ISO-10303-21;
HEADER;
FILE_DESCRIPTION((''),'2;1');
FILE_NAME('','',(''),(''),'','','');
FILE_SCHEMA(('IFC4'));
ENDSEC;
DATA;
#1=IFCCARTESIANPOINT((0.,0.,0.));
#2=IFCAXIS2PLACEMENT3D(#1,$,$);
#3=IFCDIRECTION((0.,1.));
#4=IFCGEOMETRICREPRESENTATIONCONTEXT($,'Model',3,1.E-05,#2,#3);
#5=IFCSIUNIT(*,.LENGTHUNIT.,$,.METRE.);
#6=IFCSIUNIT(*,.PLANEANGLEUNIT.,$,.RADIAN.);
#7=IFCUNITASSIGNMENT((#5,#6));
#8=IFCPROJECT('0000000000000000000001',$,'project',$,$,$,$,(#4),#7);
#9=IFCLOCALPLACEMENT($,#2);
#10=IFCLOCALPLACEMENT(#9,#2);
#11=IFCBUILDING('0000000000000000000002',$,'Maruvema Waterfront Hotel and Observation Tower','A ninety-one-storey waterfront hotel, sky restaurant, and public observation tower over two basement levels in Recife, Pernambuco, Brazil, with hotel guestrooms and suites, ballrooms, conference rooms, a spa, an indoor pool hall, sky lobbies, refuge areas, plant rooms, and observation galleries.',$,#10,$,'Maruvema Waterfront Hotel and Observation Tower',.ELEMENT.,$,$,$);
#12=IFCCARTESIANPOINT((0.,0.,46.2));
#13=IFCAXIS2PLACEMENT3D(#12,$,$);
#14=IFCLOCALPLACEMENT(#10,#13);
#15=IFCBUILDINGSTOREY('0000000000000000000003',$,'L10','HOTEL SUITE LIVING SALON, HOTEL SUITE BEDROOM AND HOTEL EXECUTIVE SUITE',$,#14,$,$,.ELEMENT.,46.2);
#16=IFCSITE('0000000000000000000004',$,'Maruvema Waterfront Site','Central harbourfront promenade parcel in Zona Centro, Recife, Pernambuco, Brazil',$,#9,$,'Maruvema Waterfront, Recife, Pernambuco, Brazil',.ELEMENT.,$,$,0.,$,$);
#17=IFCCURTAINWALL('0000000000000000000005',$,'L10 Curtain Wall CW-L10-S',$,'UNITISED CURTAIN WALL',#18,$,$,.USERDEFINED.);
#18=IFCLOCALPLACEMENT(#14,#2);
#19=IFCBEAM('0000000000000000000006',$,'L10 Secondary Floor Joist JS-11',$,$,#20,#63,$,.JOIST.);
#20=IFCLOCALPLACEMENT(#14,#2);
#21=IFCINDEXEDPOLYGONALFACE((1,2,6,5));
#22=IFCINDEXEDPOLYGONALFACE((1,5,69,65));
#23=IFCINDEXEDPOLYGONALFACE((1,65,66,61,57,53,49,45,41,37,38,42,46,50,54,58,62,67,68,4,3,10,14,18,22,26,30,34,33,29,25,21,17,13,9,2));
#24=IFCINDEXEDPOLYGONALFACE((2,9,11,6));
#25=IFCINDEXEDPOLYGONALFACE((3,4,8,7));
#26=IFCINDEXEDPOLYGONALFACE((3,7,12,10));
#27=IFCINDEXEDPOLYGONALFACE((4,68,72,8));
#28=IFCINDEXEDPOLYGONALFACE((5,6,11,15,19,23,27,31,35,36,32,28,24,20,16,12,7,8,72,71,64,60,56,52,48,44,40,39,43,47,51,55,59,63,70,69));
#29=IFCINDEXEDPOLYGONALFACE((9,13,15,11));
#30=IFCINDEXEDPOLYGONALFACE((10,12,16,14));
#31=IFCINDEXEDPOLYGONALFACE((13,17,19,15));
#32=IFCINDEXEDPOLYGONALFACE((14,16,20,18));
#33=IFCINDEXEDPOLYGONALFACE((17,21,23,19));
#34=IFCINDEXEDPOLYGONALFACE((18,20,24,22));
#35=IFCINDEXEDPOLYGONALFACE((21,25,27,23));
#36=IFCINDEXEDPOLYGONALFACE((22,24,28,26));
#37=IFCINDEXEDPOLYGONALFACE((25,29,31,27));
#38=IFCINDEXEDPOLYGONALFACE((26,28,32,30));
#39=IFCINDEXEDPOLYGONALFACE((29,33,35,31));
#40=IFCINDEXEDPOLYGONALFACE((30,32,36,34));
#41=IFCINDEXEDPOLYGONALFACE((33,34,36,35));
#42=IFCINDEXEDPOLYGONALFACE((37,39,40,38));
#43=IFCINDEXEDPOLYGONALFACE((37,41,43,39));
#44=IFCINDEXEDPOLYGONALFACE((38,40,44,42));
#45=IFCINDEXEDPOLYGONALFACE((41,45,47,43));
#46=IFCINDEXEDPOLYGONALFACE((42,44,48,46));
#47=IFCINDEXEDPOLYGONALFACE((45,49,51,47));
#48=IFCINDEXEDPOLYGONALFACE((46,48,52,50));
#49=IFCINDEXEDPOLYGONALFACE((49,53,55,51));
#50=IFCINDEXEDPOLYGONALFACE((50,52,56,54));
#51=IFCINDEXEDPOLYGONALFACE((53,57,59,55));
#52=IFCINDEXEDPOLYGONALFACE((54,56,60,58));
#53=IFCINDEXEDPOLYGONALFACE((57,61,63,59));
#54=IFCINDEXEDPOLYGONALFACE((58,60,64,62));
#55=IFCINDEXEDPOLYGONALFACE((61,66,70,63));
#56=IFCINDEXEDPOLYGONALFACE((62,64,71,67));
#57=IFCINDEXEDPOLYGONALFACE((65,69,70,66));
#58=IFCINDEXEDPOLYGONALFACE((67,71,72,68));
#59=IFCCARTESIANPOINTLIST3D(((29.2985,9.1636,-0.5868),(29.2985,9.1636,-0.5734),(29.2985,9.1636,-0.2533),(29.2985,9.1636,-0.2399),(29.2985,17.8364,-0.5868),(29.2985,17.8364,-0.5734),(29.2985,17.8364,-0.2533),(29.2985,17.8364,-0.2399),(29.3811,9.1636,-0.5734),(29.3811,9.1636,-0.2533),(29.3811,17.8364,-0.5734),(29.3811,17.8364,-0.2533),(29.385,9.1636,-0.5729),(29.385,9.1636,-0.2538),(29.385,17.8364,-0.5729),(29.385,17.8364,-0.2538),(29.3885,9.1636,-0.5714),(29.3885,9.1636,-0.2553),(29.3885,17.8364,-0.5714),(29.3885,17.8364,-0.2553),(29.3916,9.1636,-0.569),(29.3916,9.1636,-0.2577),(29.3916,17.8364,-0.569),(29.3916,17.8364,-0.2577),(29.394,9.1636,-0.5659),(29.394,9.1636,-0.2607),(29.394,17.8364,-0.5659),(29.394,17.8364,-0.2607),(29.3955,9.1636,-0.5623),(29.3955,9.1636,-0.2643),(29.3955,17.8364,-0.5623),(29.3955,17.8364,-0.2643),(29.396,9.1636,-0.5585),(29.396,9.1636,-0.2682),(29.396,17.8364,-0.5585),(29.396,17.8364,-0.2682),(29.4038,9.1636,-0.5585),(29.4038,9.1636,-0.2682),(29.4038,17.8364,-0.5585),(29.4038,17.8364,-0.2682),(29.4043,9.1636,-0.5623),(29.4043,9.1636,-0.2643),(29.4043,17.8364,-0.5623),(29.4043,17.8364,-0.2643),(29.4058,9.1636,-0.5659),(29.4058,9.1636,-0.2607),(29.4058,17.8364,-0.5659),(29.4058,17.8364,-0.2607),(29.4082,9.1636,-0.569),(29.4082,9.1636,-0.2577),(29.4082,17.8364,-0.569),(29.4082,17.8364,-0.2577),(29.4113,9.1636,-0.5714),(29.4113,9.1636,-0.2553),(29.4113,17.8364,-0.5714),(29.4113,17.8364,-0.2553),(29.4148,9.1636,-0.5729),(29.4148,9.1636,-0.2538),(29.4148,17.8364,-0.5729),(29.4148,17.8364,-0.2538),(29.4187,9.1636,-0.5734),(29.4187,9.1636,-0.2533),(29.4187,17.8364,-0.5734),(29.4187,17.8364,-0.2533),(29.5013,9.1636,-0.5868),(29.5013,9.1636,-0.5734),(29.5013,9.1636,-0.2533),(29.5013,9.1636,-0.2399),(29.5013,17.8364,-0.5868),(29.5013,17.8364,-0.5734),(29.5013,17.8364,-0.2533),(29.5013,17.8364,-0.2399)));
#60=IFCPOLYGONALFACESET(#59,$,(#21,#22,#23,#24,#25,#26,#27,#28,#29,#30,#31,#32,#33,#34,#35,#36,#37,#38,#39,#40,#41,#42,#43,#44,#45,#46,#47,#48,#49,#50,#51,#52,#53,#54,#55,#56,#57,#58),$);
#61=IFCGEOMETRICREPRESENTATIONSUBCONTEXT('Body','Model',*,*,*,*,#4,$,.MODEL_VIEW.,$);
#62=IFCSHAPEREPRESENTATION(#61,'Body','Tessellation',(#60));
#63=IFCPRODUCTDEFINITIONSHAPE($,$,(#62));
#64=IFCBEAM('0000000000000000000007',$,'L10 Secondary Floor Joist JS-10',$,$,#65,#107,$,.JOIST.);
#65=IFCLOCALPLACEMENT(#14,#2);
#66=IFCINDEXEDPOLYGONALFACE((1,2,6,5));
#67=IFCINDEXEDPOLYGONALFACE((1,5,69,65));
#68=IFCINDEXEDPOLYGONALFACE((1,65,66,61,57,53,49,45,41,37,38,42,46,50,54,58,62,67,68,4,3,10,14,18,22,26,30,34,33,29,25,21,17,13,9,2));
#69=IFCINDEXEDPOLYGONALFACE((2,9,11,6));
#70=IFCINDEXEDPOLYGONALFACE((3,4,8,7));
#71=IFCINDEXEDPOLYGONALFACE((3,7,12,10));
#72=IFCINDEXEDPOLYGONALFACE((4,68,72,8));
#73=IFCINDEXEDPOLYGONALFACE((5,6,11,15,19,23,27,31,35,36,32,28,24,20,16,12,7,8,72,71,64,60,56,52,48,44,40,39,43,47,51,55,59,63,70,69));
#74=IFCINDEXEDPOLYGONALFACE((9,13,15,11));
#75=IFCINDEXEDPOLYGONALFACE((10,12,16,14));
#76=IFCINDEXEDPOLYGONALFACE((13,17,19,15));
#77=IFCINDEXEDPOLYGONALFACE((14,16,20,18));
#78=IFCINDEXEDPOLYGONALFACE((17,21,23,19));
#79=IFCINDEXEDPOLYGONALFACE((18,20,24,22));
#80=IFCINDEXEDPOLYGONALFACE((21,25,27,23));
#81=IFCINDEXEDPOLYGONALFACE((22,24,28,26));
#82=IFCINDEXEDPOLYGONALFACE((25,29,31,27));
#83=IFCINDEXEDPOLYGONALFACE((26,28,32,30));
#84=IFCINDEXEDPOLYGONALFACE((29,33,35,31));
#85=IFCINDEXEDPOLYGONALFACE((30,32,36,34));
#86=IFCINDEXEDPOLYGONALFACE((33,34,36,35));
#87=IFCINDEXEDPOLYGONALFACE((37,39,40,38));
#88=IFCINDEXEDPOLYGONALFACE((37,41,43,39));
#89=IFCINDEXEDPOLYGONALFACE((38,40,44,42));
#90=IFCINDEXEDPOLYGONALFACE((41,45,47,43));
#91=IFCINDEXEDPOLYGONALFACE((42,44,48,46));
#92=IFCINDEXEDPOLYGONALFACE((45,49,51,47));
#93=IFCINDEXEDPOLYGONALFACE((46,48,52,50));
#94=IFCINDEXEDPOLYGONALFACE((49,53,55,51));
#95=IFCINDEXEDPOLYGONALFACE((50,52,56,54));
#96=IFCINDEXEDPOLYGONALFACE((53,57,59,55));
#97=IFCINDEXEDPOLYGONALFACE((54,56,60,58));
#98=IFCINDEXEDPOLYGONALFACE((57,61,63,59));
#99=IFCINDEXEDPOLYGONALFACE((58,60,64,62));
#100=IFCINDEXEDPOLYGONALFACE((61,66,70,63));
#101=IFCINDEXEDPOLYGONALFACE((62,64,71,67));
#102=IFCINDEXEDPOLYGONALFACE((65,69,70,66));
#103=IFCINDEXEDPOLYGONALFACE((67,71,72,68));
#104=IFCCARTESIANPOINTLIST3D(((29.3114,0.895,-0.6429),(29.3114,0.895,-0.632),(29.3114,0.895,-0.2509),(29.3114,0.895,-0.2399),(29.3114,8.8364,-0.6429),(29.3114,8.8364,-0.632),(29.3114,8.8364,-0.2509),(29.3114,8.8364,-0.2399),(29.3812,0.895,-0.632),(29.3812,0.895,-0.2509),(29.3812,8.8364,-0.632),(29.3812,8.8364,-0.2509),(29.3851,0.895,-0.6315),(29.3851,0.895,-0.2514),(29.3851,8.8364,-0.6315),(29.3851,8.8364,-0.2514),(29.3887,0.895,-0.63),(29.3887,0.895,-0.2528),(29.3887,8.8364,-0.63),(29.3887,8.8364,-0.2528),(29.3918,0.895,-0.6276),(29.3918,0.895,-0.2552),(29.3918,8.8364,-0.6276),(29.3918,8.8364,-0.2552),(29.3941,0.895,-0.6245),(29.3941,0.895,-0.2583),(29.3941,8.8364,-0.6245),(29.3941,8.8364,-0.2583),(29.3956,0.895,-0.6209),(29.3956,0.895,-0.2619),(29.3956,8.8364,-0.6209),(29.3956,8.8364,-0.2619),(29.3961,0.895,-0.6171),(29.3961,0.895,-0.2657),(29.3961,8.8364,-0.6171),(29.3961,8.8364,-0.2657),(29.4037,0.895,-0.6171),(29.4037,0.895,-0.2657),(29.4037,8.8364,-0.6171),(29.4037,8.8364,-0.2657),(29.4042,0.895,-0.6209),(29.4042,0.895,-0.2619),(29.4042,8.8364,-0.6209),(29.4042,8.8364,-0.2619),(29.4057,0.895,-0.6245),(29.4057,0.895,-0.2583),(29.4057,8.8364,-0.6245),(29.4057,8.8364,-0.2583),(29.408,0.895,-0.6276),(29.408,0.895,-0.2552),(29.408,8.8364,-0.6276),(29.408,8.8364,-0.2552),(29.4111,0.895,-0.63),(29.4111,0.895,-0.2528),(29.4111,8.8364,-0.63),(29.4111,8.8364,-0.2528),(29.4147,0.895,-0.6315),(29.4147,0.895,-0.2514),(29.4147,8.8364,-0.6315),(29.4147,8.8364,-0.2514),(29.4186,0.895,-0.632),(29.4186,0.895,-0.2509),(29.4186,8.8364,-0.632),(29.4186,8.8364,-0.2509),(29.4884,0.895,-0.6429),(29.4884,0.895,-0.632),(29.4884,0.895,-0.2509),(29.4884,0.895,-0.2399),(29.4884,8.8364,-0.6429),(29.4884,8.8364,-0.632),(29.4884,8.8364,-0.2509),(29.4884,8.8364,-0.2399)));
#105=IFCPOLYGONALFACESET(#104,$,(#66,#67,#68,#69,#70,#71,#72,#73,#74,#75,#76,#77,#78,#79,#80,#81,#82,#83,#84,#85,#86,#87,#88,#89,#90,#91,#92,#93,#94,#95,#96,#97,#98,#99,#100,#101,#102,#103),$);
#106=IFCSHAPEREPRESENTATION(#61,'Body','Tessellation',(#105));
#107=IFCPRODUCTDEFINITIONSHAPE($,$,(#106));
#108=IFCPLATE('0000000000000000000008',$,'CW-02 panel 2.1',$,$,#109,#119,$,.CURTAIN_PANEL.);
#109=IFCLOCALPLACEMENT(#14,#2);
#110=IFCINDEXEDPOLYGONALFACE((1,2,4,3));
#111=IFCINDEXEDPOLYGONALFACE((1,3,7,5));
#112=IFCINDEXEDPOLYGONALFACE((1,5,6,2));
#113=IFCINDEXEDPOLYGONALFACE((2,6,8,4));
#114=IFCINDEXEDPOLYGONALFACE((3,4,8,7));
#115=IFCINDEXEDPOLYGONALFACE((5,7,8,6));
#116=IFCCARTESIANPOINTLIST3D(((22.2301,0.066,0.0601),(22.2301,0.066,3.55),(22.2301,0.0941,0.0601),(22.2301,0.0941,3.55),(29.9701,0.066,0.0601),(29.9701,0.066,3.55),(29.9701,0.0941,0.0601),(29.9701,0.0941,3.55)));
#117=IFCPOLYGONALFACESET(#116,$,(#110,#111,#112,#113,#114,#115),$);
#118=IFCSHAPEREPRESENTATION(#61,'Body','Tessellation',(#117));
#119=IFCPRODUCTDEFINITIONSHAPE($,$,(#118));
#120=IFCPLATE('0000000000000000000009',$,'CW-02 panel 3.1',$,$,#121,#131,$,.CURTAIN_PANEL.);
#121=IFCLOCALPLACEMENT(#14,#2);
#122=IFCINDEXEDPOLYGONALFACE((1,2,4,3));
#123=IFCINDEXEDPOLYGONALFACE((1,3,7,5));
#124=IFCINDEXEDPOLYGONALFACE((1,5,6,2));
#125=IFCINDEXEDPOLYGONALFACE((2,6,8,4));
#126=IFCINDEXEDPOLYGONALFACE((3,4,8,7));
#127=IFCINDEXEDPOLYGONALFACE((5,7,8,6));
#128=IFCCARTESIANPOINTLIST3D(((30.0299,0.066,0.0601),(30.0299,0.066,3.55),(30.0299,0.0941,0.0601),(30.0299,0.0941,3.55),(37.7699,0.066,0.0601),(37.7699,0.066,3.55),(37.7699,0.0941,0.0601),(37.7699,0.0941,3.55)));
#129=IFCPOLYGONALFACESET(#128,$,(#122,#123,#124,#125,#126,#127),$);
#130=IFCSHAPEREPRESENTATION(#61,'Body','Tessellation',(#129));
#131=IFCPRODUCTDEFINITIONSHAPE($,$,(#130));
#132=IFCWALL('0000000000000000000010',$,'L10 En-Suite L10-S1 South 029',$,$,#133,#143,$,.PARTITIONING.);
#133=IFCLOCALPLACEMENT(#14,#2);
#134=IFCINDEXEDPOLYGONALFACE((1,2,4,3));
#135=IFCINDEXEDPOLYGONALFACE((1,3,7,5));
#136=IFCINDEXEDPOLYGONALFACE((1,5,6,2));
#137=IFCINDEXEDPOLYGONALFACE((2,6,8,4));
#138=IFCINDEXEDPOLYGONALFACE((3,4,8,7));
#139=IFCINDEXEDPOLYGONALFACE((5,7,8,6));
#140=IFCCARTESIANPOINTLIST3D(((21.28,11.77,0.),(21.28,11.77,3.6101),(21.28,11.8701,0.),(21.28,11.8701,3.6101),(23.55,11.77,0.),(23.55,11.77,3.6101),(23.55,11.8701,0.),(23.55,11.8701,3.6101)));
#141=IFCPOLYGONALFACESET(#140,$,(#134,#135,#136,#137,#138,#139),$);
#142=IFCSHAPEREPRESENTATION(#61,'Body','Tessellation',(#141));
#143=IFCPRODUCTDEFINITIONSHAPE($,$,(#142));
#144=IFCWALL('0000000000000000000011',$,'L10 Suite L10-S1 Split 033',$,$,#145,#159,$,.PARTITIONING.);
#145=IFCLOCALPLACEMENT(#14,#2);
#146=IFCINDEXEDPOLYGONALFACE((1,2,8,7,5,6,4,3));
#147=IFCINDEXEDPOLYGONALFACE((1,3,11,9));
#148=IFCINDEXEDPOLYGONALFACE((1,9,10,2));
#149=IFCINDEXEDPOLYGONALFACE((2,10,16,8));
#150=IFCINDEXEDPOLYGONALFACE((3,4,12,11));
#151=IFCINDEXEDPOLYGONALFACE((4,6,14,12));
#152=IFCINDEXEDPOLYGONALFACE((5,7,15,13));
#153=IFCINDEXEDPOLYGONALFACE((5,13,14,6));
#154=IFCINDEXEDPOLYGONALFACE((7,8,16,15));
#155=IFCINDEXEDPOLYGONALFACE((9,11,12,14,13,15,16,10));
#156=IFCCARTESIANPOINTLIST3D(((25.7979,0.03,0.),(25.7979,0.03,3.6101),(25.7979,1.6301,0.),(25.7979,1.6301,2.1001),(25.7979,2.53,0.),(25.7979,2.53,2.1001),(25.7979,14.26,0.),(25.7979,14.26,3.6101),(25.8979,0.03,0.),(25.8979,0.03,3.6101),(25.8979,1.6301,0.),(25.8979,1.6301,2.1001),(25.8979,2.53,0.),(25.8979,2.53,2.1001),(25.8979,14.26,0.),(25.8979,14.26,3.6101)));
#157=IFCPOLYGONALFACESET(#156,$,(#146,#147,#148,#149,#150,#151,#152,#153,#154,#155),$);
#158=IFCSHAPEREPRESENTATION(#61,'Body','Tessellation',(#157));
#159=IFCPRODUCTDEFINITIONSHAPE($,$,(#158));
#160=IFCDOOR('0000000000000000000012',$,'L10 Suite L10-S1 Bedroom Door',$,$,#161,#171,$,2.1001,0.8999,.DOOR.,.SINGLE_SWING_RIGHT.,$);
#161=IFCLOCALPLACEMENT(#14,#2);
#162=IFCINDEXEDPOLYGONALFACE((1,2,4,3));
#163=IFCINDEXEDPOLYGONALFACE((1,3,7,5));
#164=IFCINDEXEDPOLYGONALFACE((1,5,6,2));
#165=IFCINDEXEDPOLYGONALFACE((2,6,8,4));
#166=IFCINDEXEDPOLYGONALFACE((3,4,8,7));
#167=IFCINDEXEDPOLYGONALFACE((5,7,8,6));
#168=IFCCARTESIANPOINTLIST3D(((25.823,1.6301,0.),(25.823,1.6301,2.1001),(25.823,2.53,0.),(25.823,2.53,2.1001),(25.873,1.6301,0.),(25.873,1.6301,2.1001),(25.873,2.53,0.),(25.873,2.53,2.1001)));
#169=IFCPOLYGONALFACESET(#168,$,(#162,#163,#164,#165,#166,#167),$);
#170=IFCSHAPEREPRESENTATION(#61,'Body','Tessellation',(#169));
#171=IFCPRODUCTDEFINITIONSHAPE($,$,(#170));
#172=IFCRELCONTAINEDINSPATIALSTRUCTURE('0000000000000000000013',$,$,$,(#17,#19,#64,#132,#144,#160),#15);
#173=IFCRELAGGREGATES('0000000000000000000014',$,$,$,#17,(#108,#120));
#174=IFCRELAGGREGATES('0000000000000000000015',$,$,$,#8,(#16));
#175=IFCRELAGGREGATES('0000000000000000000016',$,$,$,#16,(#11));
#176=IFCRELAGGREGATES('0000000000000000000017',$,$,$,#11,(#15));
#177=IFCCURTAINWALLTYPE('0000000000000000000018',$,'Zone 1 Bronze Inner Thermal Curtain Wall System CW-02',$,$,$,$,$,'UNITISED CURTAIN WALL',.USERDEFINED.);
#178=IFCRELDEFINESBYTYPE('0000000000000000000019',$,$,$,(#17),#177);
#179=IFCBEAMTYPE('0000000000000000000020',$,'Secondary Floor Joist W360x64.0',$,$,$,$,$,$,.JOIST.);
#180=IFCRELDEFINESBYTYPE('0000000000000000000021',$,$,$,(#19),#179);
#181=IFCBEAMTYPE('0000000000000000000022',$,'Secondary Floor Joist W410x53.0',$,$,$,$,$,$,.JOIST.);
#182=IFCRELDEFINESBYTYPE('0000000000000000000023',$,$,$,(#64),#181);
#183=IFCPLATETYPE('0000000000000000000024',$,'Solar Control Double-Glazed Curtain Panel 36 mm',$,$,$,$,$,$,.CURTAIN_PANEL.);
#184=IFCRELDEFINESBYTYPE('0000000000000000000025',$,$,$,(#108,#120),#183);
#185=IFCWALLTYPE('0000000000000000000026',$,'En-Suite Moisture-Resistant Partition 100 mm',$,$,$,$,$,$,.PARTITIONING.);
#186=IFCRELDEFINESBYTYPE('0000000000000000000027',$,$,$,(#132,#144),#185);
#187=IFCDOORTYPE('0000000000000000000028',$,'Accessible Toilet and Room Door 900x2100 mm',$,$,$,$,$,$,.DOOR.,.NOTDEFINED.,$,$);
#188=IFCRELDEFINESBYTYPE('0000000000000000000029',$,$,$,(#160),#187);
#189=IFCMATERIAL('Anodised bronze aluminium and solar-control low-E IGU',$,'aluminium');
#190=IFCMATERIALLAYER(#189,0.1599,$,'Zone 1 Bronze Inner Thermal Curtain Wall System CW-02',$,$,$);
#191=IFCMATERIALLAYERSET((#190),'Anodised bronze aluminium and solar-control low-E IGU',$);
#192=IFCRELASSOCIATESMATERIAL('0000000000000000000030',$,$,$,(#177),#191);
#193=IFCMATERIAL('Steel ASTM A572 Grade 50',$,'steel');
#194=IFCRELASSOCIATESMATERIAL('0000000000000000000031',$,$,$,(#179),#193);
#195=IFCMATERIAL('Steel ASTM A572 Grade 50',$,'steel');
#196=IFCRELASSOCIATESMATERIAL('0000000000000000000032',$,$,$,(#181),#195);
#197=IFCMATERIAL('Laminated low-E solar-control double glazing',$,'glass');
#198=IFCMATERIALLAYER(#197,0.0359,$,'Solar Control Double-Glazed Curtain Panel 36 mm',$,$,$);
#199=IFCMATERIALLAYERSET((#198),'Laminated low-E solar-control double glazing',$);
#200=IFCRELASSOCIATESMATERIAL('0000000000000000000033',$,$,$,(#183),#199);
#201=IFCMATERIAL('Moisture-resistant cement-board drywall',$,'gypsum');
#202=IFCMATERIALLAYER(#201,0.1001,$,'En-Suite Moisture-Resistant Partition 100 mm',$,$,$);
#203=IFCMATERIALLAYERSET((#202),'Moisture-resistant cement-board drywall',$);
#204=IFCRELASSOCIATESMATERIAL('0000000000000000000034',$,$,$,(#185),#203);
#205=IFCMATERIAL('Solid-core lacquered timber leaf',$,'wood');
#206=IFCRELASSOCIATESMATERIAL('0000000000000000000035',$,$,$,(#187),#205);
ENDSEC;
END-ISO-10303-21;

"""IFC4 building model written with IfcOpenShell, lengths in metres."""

from ifc_helpers import new_model, si_unit, direction, frame, frame_2d, origin, origin_2d, place, context, subcontext, project, spatial, rectangle, i_section, extrude, material, layer, layer_set, material_profile, profile_set, type_object, element, fill, aggregate, save


model = new_model("IFC4")

# Units and contexts
model_context = context("Model", 3, precision=1e-05, world=origin(), true_north=direction((0.0, 1.0)))
body_context = subcontext(model_context, "Body", "Model", "MODEL_VIEW")
ifc_project = project(units=[si_unit("LENGTHUNIT", "METRE"), si_unit("PLANEANGLEUNIT", "RADIAN")], contexts=[model_context])

# Site, building, storey
site_placement = place(None, origin())
site = spatial("IfcSite", under=ifc_project, at=site_placement, Name="Maruvema Waterfront Site", Description="Central harbourfront promenade parcel in Zona Centro, Recife, Pernambuco, Brazil", LongName="Maruvema Waterfront, Recife, Pernambuco, Brazil", CompositionType="ELEMENT", RefElevation=0.0)
building_placement = place(site_placement, origin())
building = spatial("IfcBuilding", under=site, at=building_placement, Name="Maruvema Waterfront Hotel and Observation Tower", Description="A ninety-one-storey waterfront hotel, sky restaurant, and public observation tower over two basement levels in Recife, Pernambuco, Brazil, with hotel guestrooms and suites, ballrooms, conference rooms, a spa, an indoor pool hall, sky lobbies, refuge areas, plant rooms, and observation galleries.", LongName="Maruvema Waterfront Hotel and Observation Tower", CompositionType="ELEMENT")
storey_placement = place(building_placement, frame((0.0, 0.0, 46.2)))
storey = spatial("IfcBuildingStorey", under=building, at=storey_placement, Name="L10", Description="HOTEL SUITE LIVING SALON, HOTEL SUITE BEDROOM AND HOTEL EXECUTIVE SUITE", CompositionType="ELEMENT", Elevation=46.2)

# Curtain wall
ifc_material_1 = material(Name="Anodised bronze aluminium and solar-control low-E IGU", Category="aluminium")
ifc_layer_1 = layer(ifc_material_1, 0.1599, Name="Zone 1 Bronze Inner Thermal Curtain Wall System CW-02")
ifc_layer_set_1 = layer_set([ifc_layer_1], Name="Anodised bronze aluminium and solar-control low-E IGU")
curtain_wall_type = type_object("IfcCurtainWallType", Name="Zone 1 Bronze Inner Thermal Curtain Wall System CW-02", ElementType="UNITISED CURTAIN WALL", PredefinedType="USERDEFINED", material=ifc_layer_set_1)
curtain_wall_placement = place(storey_placement, origin())
curtain_wall = element("IfcCurtainWall", 1, at=curtain_wall_placement, inside=storey, type_object=curtain_wall_type, Name="L10 Curtain Wall CW-L10-S", ObjectType="UNITISED CURTAIN WALL", PredefinedType="USERDEFINED")

# Beams
ifc_material_2 = material(Name="Steel ASTM A572 Grade 50", Category="steel")
ifc_material_profile_1 = material_profile(ifc_material_2, i_section(OverallWidth=0.2029, OverallDepth=0.3469, WebThickness=0.0078, FlangeThickness=0.0134, FilletRadius=0.0149, at=origin_2d()), Name="W360x64.0")
ifc_profile_set_1 = profile_set([ifc_material_profile_1], Name="Steel ASTM A572 Grade 50")
beam_type_1 = type_object("IfcBeamType", Name="Secondary Floor Joist W360x64.0", PredefinedType="JOIST", material=ifc_profile_set_1)
beam_1_placement = place(storey_placement, frame((29.3999, 9.1636, -0.4133), z_axis=(0.0, 1.0, 0.0), x_axis=(-1.0, 0.0, 0.0)))
element("IfcBeam", 2, at=beam_1_placement, inside=storey, type_object=beam_type_1, Name="L10 Secondary Floor Joist JS-11", PredefinedType="JOIST", context=body_context, shape_type="SweptSolid", body=[
    extrude(i_section(OverallWidth=0.2029, OverallDepth=0.3469, WebThickness=0.0078, FlangeThickness=0.0134, FilletRadius=0.0149, at=origin_2d()), origin(), (0.0, 0.0, 1.0), 8.6729),
])
ifc_material_3 = material(Name="Steel ASTM A572 Grade 50", Category="steel")
ifc_material_profile_2 = material_profile(ifc_material_3, i_section(OverallWidth=0.177, OverallDepth=0.4031, WebThickness=0.0076, FlangeThickness=0.011, FilletRadius=0.0149, at=origin_2d()), Name="W410x53.0")
ifc_profile_set_2 = profile_set([ifc_material_profile_2], Name="Steel ASTM A572 Grade 50")
beam_type_2 = type_object("IfcBeamType", Name="Secondary Floor Joist W410x53.0", PredefinedType="JOIST", material=ifc_profile_set_2)
beam_2_placement = place(storey_placement, frame((29.3999, 0.895, -0.4414), z_axis=(0.0, 1.0, 0.0), x_axis=(-1.0, 0.0, 0.0)))
element("IfcBeam", 3, at=beam_2_placement, inside=storey, type_object=beam_type_2, Name="L10 Secondary Floor Joist JS-10", PredefinedType="JOIST", context=body_context, shape_type="SweptSolid", body=[
    extrude(i_section(OverallWidth=0.177, OverallDepth=0.4031, WebThickness=0.0076, FlangeThickness=0.011, FilletRadius=0.0149, at=origin_2d()), origin(), (0.0, 0.0, 1.0), 7.9414),
])

# Plates
ifc_material_4 = material(Name="Laminated low-E solar-control double glazing", Category="glass")
ifc_layer_2 = layer(ifc_material_4, 0.0359, Name="Solar Control Double-Glazed Curtain Panel 36 mm")
ifc_layer_set_2 = layer_set([ifc_layer_2], Name="Laminated low-E solar-control double glazing")
plate_type = type_object("IfcPlateType", Name="Solar Control Double-Glazed Curtain Panel 36 mm", PredefinedType="CURTAIN_PANEL", material=ifc_layer_set_2)
plate_1_placement = place(storey_placement, frame((26.1001, 0.0801, 0.0601), z_axis=(0.0, 0.0, 1.0), x_axis=(1.0, 0.0, 0.0)))
plate_1 = element("IfcPlate", 4, at=plate_1_placement, type_object=plate_type, Name="CW-02 panel 2.1", PredefinedType="CURTAIN_PANEL", context=body_context, shape_type="SweptSolid", body=[
    extrude(rectangle(XDim=7.74, YDim=0.0281, at=origin_2d()), origin(), (0.0, 0.0, 1.0), 3.49),
])
plate_2_placement = place(storey_placement, frame((33.8999, 0.0801, 0.0601), z_axis=(0.0, 0.0, 1.0), x_axis=(1.0, 0.0, 0.0)))
plate_2 = element("IfcPlate", 5, at=plate_2_placement, type_object=plate_type, Name="CW-02 panel 3.1", PredefinedType="CURTAIN_PANEL", context=body_context, shape_type="SweptSolid", body=[
    extrude(rectangle(XDim=7.74, YDim=0.0281, at=origin_2d()), origin(), (0.0, 0.0, 1.0), 3.49),
])
aggregate(curtain_wall, [plate_1, plate_2])

# Wall
ifc_material_5 = material(Name="Moisture-resistant cement-board drywall", Category="gypsum")
ifc_layer_3 = layer(ifc_material_5, 0.1001, Name="En-Suite Moisture-Resistant Partition 100 mm")
ifc_layer_set_3 = layer_set([ifc_layer_3], Name="Moisture-resistant cement-board drywall")
wall_type_1 = type_object("IfcWallType", Name="En-Suite Moisture-Resistant Partition 100 mm", PredefinedType="PARTITIONING", material=ifc_layer_set_3)
wall_1_placement = place(storey_placement, frame((21.28, 11.8201, 0.0), z_axis=(0.0, 0.0, 1.0), x_axis=(1.0, 0.0, 0.0)))
element("IfcWall", 6, at=wall_1_placement, inside=storey, type_object=wall_type_1, Name="L10 En-Suite L10-S1 South 029", PredefinedType="PARTITIONING", context=body_context, shape_type="SweptSolid", body=[
    extrude(rectangle(XDim=2.27, YDim=0.1001, at=frame_2d((1.135, 0.0))), origin(), (0.0, 0.0, 1.0), 3.6101),
])

# Wall, opening, door
wall_2_placement = place(storey_placement, frame((25.8479, 0.03, 0.0), z_axis=(0.0, 0.0, 1.0), x_axis=(0.0, 1.0, 0.0)))
wall_2 = element("IfcWall", 7, at=wall_2_placement, inside=storey, type_object=wall_type_1, Name="L10 Suite L10-S1 Split 033", PredefinedType="PARTITIONING", context=body_context, shape_type="SweptSolid", body=[
    extrude(rectangle(XDim=14.23, YDim=0.1001, at=frame_2d((7.115, 0.0))), origin(), (0.0, 0.0, 1.0), 3.6101),
])
opening_1_placement = place(wall_2_placement, frame((1.6001, 0.0, 0.0)))
opening_1 = element("IfcOpeningElement", 8, at=opening_1_placement, cuts=wall_2, PredefinedType="OPENING", context=body_context, shape_type="SweptSolid", body=[
    extrude(rectangle(XDim=0.8999, YDim=2.1001, at=frame_2d((0.45, 1.05))), frame((0.0, 0.0601, 0.0), z_axis=(0.0, -1.0, 0.0), x_axis=(1.0, 0.0, 0.0)), (0.0, 0.0, 1.0), 0.1201),
])
ifc_material_6 = material(Name="Solid-core lacquered timber leaf", Category="wood")
door_type = type_object("IfcDoorType", Name="Accessible Toilet and Room Door 900x2100 mm", OperationType="NOTDEFINED", PredefinedType="DOOR", material=ifc_material_6)
door_1_placement = place(opening_1_placement, origin())
door_1 = element("IfcDoor", 9, at=door_1_placement, inside=storey, type_object=door_type, Name="L10 Suite L10-S1 Bedroom Door", OperationType="SINGLE_SWING_RIGHT", OverallHeight=2.1001, OverallWidth=0.8999, PredefinedType="DOOR", context=body_context, shape_type="SweptSolid", body=[
    extrude(rectangle(XDim=0.8999, YDim=2.1001, at=frame_2d((0.45, 1.05))), frame((0.0, 0.0249, 0.0), z_axis=(0.0, -1.0, 0.0), x_axis=(1.0, 0.0, 0.0)), (0.0, 0.0, 1.0), 0.05),
])
fill(opening_1, door_1)

save(model, "model.ifc")
